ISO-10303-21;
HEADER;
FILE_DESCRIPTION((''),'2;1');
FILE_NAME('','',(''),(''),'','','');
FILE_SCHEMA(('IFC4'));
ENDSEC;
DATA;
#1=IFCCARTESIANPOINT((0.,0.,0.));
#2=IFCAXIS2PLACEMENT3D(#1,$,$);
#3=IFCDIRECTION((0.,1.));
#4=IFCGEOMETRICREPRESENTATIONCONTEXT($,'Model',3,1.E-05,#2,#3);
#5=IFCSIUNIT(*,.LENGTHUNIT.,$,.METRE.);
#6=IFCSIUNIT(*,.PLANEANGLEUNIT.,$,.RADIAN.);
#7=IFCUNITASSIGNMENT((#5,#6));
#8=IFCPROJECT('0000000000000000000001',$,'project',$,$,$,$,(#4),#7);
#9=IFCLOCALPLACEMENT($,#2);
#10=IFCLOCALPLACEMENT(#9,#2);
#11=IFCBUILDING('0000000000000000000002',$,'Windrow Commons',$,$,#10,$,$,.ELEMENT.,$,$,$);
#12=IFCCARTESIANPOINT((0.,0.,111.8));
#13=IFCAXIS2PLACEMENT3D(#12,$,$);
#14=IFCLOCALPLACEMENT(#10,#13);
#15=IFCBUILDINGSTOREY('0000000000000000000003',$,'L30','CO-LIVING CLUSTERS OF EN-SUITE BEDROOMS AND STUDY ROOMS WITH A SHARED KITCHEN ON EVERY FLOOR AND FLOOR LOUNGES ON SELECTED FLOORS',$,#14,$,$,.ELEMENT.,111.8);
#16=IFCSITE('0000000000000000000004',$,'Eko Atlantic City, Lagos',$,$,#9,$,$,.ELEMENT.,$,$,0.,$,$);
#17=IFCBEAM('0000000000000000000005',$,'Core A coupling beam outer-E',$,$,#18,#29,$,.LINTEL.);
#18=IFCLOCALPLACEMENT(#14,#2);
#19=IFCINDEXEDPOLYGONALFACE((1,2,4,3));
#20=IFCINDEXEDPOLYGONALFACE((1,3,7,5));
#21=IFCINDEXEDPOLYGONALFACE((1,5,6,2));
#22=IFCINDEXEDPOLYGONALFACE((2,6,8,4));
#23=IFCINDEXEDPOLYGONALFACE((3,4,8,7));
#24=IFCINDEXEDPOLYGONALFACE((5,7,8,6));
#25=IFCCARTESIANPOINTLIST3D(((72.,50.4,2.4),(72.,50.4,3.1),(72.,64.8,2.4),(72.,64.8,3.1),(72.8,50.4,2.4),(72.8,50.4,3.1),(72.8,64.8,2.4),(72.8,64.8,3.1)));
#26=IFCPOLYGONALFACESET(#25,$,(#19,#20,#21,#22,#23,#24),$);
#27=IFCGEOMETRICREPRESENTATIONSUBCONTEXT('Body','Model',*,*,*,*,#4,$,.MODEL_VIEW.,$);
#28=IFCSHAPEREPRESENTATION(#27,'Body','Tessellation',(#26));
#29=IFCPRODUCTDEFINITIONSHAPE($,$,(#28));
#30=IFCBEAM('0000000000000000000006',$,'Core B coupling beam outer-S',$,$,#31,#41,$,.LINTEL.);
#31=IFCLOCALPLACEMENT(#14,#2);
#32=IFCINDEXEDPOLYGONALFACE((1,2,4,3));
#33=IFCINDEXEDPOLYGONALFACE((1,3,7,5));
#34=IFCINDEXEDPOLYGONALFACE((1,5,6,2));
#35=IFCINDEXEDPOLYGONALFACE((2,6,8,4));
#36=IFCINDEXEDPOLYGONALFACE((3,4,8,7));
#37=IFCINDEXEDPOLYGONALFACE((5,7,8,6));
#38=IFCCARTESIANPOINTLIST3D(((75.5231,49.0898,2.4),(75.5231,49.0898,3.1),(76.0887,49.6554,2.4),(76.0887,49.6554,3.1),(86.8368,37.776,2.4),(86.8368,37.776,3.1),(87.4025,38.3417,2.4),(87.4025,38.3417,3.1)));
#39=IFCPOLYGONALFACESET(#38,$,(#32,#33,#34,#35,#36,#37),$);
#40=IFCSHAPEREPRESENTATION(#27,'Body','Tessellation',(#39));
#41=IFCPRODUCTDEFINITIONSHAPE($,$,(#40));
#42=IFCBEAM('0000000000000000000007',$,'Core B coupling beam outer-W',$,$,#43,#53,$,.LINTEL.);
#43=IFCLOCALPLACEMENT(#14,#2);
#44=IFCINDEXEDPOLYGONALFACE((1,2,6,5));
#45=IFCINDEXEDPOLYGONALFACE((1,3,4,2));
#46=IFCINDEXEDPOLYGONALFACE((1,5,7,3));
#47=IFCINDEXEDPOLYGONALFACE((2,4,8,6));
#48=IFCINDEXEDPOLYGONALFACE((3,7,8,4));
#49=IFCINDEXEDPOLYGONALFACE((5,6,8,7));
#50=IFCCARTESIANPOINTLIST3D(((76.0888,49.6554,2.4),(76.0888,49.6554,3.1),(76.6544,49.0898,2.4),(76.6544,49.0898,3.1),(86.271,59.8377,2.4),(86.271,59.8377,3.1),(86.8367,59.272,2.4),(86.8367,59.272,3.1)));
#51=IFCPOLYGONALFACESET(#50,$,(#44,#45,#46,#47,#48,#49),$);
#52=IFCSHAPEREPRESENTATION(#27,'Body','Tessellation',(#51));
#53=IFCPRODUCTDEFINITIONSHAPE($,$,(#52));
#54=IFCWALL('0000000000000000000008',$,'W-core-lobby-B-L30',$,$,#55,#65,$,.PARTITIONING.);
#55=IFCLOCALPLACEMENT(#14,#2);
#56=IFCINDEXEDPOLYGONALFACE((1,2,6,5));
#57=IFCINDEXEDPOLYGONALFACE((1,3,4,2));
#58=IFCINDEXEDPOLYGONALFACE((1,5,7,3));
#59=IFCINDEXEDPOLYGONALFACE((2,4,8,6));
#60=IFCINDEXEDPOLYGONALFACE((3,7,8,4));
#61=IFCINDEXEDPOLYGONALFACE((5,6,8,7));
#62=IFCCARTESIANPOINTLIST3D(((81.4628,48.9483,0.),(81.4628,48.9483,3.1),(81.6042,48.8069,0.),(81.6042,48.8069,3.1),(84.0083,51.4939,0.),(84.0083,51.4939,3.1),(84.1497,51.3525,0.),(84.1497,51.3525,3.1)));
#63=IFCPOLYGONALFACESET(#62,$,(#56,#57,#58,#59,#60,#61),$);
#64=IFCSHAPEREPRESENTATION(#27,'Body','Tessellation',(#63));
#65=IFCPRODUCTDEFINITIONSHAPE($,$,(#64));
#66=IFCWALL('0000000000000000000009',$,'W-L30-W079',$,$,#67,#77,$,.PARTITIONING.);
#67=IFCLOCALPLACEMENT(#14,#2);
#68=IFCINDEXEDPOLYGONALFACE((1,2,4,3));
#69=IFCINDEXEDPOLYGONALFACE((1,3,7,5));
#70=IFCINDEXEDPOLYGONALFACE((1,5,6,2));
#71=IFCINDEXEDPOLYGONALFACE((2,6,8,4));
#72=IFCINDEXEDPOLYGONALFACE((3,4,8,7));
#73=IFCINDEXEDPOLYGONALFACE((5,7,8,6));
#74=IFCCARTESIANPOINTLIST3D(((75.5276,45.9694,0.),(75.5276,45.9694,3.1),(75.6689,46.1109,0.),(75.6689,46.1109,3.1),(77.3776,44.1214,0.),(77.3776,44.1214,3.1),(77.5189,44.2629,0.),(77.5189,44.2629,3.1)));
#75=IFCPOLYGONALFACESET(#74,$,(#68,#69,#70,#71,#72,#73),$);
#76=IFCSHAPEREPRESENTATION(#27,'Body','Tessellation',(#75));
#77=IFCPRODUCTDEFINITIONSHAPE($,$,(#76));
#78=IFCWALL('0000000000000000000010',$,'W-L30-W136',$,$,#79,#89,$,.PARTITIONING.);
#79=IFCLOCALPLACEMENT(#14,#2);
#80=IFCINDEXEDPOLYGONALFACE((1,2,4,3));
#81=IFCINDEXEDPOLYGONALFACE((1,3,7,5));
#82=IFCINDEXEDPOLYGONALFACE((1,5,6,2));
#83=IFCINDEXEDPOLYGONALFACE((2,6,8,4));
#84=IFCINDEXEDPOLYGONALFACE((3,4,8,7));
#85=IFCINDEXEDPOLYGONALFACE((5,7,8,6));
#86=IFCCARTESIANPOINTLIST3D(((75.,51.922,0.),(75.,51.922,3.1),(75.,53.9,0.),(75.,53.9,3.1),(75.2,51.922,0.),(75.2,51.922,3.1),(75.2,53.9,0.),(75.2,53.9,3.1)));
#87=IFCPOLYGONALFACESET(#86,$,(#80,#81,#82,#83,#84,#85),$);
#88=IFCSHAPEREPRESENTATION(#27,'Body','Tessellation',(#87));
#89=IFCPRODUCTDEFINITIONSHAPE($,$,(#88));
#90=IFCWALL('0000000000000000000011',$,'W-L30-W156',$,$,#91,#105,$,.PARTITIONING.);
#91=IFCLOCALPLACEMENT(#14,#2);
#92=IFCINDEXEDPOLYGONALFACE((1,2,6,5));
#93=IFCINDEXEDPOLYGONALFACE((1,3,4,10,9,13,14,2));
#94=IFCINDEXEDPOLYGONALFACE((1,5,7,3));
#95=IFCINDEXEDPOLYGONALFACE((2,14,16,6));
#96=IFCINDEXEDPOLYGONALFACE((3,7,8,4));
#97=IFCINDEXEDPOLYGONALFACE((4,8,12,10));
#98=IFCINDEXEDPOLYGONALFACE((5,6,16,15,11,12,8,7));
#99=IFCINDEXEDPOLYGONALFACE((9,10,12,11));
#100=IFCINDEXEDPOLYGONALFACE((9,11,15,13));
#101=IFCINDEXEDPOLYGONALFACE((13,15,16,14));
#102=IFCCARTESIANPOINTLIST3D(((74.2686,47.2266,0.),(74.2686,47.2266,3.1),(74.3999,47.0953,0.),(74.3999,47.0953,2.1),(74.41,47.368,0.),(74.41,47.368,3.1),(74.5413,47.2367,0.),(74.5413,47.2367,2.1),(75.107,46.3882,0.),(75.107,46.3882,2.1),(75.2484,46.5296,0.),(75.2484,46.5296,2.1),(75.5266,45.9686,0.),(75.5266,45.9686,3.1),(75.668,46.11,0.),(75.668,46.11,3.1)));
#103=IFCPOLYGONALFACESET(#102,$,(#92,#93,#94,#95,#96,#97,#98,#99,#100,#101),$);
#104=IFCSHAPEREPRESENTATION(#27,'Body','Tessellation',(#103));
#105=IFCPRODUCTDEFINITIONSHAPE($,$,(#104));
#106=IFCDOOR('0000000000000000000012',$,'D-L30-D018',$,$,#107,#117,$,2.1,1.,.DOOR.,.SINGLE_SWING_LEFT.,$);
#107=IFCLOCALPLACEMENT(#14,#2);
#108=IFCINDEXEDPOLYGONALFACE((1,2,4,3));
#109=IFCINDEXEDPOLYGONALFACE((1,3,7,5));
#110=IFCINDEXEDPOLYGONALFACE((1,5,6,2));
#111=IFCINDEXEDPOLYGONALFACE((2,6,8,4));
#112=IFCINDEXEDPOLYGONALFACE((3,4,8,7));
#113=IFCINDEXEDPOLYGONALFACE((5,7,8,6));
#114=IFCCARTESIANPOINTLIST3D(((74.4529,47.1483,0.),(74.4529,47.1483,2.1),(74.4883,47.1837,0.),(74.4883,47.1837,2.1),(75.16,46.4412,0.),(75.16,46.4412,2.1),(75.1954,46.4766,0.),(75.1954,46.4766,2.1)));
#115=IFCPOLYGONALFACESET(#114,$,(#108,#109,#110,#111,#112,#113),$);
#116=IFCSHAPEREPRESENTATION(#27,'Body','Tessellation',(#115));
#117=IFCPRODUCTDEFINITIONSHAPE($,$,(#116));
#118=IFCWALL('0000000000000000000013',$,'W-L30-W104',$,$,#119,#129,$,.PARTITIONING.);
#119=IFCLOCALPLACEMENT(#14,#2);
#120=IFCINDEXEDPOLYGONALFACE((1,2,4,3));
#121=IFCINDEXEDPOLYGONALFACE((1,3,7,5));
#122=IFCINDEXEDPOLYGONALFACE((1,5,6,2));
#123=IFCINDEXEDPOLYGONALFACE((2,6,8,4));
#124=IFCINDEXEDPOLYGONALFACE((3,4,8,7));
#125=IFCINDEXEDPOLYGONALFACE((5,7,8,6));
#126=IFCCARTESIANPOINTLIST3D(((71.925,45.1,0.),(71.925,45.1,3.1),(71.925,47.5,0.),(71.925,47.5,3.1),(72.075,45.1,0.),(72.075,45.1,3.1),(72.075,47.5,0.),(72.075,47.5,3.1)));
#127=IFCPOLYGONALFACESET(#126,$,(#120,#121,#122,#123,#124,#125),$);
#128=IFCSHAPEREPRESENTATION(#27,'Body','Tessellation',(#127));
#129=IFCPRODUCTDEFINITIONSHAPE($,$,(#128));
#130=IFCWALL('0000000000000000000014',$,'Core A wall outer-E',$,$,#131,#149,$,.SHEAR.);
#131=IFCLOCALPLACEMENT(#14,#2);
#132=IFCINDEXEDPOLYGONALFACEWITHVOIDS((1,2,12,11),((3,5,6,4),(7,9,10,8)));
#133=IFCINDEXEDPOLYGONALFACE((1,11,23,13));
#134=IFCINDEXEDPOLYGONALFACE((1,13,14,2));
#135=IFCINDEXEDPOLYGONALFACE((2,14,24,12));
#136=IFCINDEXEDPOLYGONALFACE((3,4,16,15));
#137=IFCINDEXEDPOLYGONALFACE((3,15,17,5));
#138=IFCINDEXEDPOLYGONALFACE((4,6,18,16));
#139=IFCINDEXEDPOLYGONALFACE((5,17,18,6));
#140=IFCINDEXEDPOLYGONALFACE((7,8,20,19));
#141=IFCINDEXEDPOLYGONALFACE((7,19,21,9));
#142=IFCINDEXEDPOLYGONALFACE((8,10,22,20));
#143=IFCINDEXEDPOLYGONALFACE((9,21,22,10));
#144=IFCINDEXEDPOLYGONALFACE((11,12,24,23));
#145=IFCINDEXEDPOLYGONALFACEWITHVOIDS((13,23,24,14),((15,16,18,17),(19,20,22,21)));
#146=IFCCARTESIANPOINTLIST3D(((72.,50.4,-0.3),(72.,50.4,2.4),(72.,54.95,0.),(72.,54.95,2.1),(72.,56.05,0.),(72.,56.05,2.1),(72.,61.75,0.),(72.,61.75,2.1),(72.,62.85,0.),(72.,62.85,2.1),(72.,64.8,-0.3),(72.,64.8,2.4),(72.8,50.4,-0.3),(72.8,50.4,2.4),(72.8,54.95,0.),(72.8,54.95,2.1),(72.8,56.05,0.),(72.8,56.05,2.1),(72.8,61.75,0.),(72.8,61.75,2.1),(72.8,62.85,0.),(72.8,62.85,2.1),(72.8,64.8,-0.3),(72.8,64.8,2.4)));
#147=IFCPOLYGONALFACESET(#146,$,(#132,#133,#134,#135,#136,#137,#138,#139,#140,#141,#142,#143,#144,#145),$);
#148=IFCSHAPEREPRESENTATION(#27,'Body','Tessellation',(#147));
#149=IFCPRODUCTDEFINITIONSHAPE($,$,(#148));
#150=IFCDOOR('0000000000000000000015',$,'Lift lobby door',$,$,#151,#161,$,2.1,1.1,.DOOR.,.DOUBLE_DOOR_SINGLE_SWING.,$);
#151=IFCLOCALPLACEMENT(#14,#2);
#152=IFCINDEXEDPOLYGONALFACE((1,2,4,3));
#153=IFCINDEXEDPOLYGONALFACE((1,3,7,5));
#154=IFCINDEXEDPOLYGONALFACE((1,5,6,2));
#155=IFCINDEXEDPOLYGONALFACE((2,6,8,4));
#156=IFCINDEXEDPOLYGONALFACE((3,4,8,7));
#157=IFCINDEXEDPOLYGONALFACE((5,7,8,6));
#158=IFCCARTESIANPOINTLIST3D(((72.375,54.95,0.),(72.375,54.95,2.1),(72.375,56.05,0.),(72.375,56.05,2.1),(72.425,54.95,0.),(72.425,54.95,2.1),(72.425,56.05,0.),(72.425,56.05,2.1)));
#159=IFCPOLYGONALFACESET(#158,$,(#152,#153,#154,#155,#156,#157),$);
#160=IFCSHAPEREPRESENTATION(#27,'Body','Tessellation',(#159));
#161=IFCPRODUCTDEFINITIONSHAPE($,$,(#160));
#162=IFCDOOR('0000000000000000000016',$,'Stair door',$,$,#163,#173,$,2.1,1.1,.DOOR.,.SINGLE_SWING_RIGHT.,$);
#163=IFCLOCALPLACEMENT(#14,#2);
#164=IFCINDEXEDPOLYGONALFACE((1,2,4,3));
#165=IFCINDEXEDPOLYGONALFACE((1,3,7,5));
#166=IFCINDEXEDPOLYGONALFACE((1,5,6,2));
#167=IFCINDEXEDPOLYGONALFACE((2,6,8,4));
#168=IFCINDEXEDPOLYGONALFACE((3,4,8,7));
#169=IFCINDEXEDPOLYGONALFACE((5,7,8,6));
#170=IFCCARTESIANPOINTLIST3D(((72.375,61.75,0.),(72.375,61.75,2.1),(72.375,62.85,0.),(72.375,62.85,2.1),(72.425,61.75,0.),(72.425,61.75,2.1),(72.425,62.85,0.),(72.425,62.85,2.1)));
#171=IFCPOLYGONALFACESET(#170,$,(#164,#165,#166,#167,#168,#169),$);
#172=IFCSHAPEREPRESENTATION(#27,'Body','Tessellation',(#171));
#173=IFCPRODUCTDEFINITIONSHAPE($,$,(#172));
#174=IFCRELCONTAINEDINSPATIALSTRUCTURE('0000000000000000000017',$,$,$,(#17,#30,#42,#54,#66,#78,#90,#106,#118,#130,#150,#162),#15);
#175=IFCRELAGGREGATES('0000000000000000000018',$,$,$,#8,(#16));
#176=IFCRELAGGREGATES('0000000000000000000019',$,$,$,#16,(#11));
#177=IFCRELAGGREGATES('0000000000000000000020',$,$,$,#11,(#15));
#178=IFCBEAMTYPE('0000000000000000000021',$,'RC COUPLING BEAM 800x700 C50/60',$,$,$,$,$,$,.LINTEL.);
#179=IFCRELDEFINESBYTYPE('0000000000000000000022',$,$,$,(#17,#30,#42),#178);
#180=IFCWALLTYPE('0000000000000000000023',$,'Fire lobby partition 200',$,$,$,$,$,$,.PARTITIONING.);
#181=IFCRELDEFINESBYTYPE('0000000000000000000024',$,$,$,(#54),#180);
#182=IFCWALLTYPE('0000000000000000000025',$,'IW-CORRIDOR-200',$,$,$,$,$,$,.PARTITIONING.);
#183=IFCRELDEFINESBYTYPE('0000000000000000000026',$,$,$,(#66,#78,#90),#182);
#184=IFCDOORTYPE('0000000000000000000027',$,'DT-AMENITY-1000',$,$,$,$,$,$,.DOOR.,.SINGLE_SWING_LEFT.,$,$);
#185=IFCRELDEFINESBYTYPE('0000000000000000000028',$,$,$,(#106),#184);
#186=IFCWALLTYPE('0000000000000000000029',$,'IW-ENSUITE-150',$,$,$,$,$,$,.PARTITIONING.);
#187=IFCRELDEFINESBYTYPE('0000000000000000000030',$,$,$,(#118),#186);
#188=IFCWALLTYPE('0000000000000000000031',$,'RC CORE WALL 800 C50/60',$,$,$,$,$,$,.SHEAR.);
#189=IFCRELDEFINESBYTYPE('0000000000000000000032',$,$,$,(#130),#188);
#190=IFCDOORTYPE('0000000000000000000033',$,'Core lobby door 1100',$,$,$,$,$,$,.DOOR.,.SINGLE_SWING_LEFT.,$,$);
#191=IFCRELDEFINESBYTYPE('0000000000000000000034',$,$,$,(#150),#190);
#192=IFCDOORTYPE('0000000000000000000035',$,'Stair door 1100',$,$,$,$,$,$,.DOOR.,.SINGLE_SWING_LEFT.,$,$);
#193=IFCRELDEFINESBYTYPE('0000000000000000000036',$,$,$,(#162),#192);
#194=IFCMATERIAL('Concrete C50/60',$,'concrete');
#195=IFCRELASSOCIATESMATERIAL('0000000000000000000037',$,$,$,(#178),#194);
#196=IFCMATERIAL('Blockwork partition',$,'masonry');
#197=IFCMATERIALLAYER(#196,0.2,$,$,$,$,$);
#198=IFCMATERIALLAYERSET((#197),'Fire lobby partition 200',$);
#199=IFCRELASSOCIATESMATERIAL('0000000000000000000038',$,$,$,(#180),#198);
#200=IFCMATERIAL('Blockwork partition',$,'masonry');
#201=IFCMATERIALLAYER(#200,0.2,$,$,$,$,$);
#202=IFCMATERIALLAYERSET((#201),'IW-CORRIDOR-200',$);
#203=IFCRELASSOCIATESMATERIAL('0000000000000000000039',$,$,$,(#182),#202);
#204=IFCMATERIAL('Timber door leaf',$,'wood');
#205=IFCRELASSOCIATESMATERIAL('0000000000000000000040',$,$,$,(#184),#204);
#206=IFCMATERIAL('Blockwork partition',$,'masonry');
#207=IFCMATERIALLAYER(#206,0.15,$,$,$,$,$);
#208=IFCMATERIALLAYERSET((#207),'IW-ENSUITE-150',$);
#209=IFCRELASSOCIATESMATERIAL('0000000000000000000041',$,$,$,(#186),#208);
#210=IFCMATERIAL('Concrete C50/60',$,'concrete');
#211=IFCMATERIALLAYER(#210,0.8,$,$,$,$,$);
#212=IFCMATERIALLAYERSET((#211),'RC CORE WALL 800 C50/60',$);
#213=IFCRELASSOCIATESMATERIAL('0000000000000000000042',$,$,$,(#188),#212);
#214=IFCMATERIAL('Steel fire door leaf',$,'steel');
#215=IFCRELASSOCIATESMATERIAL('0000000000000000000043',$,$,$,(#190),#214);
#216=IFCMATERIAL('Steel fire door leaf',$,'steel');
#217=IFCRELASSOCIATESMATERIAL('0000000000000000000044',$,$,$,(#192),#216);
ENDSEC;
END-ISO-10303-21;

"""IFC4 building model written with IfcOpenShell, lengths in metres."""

from ifc_helpers import new_model, si_unit, direction, frame, frame_2d, origin, origin_2d, place, context, subcontext, project, spatial, rectangle, extrude, material, layer, layer_set, material_profile, profile_set, type_object, element, fill, save


model = new_model("IFC4")

# Units and contexts
model_context = context("Model", 3, precision=1e-05, world=origin(), true_north=direction((0.0, 1.0)))
body_context = subcontext(model_context, "Body", "Model", "MODEL_VIEW")
ifc_project = project(units=[si_unit("LENGTHUNIT", "METRE"), si_unit("PLANEANGLEUNIT", "RADIAN")], contexts=[model_context])

# Site, building, storey
site_placement = place(None, origin())
site = spatial("IfcSite", under=ifc_project, at=site_placement, Name="Eko Atlantic City, Lagos", CompositionType="ELEMENT", RefElevation=0.0)
building_placement = place(site_placement, origin())
building = spatial("IfcBuilding", under=site, at=building_placement, Name="Windrow Commons", CompositionType="ELEMENT")
storey_placement = place(building_placement, frame((0.0, 0.0, 111.8)))
storey = spatial("IfcBuildingStorey", under=building, at=storey_placement, Name="L30", Description="CO-LIVING CLUSTERS OF EN-SUITE BEDROOMS AND STUDY ROOMS WITH A SHARED KITCHEN ON EVERY FLOOR AND FLOOR LOUNGES ON SELECTED FLOORS", CompositionType="ELEMENT", Elevation=111.8)

# Beams
ifc_material_1 = material(Name="Concrete C50/60", Category="concrete")
ifc_material_profile = material_profile(ifc_material_1, rectangle(XDim=0.8, YDim=0.7, at=origin_2d()))
ifc_profile_set = profile_set([ifc_material_profile], Name="Concrete C50/60")
beam_type = type_object("IfcBeamType", Name="RC COUPLING BEAM 800x700 C50/60", PredefinedType="LINTEL", material=ifc_profile_set)
beam_1_placement = place(storey_placement, frame((72.4, 50.4, 2.75), z_axis=(0.0, 1.0, 0.0), x_axis=(-1.0, 0.0, 0.0)))
element("IfcBeam", 1, at=beam_1_placement, inside=storey, type_object=beam_type, Name="Core A coupling beam outer-E", PredefinedType="LINTEL", context=body_context, shape_type="SweptSolid", body=[
    extrude(rectangle(XDim=0.8, YDim=0.7, at=origin_2d()), origin(), (0.0, 0.0, 1.0), 14.4),
])
beam_2_placement = place(storey_placement, frame((75.8059, 49.3726, 2.75), z_axis=(0.707107, -0.707107, 0.0), x_axis=(0.707107, 0.707107, 0.0)))
element("IfcBeam", 2, at=beam_2_placement, inside=storey, type_object=beam_type, Name="Core B coupling beam outer-S", PredefinedType="LINTEL", context=body_context, shape_type="SweptSolid", body=[
    extrude(rectangle(XDim=0.8, YDim=0.7, at=origin_2d()), origin(), (0.0, 0.0, 1.0), 16.0),
])
beam_3_placement = place(storey_placement, frame((76.3716, 49.3726, 2.75), z_axis=(0.707107, 0.707107, 0.0), x_axis=(-0.707107, 0.707107, 0.0)))
element("IfcBeam", 3, at=beam_3_placement, inside=storey, type_object=beam_type, Name="Core B coupling beam outer-W", PredefinedType="LINTEL", context=body_context, shape_type="SweptSolid", body=[
    extrude(rectangle(XDim=0.8, YDim=0.7, at=origin_2d()), origin(), (0.0, 0.0, 1.0), 14.3999),
])

# Walls
ifc_material_2 = material(Name="Blockwork partition", Category="masonry")
ifc_layer_1 = layer(ifc_material_2, 0.2)
ifc_layer_set_1 = layer_set([ifc_layer_1], Name="Fire lobby partition 200")
wall_type_1 = type_object("IfcWallType", Name="Fire lobby partition 200", PredefinedType="PARTITIONING", material=ifc_layer_set_1)
wall_1_placement = place(storey_placement, frame((81.5335, 48.8776, 0.0), z_axis=(0.0, 0.0, 1.0), x_axis=(0.707093, 0.707121, 0.0)))
element("IfcWall", 4, at=wall_1_placement, inside=storey, type_object=wall_type_1, Name="W-core-lobby-B-L30", PredefinedType="PARTITIONING", context=body_context, shape_type="SweptSolid", body=[
    extrude(rectangle(XDim=3.6, YDim=0.2, at=frame_2d((1.8, 0.0))), origin(), (0.0, 0.0, 1.0), 3.1),
])
ifc_material_3 = material(Name="Blockwork partition", Category="masonry")
ifc_layer_2 = layer(ifc_material_3, 0.2)
ifc_layer_set_2 = layer_set([ifc_layer_2], Name="IW-CORRIDOR-200")
wall_type_2 = type_object("IfcWallType", Name="IW-CORRIDOR-200", PredefinedType="PARTITIONING", material=ifc_layer_set_2)
wall_2_placement = place(storey_placement, frame((75.5982, 46.0402, 0.0), z_axis=(0.0, 0.0, 1.0), x_axis=(0.707489, -0.706724, 0.0)))
element("IfcWall", 5, at=wall_2_placement, inside=storey, type_object=wall_type_2, Name="W-L30-W079", PredefinedType="PARTITIONING", context=body_context, shape_type="SweptSolid", body=[
    extrude(rectangle(XDim=2.6149, YDim=0.2, at=frame_2d((1.3075, 0.0))), origin(), (0.0, 0.0, 1.0), 3.1),
])
wall_3_placement = place(storey_placement, frame((75.1, 51.922, 0.0), z_axis=(0.0, 0.0, 1.0), x_axis=(0.0, 1.0, 0.0)))
element("IfcWall", 6, at=wall_3_placement, inside=storey, type_object=wall_type_2, Name="W-L30-W136", PredefinedType="PARTITIONING", context=body_context, shape_type="SweptSolid", body=[
    extrude(rectangle(XDim=1.978, YDim=0.2, at=frame_2d((0.989, 0.0))), origin(), (0.0, 0.0, 1.0), 3.1),
])

# Wall, opening, door
wall_4_placement = place(storey_placement, frame((74.3393, 47.2973, 0.0), z_axis=(0.0, 0.0, 1.0), x_axis=(0.707107, -0.707107, 0.0)))
wall_4 = element("IfcWall", 7, at=wall_4_placement, inside=storey, type_object=wall_type_2, Name="W-L30-W156", PredefinedType="PARTITIONING", context=body_context, shape_type="SweptSolid", body=[
    extrude(rectangle(XDim=1.7791, YDim=0.2, at=frame_2d((0.8895, 0.0))), origin(), (0.0, 0.0, 1.0), 3.1),
])
opening_1_placement = place(wall_4_placement, frame((0.1857, 0.0, 0.0)))
opening_1 = element("IfcOpeningElement", 8, at=opening_1_placement, cuts=wall_4, PredefinedType="OPENING", context=body_context, shape_type="SweptSolid", body=[
    extrude(rectangle(XDim=1.0, YDim=2.1, at=frame_2d((0.5, 1.05))), frame((0.0, 0.11, 0.0), z_axis=(0.0, -1.0, 0.0), x_axis=(1.0, 0.0, 0.0)), (0.0, 0.0, 1.0), 0.22),
])
ifc_material_4 = material(Name="Timber door leaf", Category="wood")
door_type_1 = type_object("IfcDoorType", Name="DT-AMENITY-1000", OperationType="SINGLE_SWING_LEFT", PredefinedType="DOOR", material=ifc_material_4)
door_1_placement = place(opening_1_placement, origin())
door_1 = element("IfcDoor", 9, at=door_1_placement, inside=storey, type_object=door_type_1, Name="D-L30-D018", OperationType="SINGLE_SWING_LEFT", OverallHeight=2.1, OverallWidth=1.0, PredefinedType="DOOR", context=body_context, shape_type="SweptSolid", body=[
    extrude(rectangle(XDim=1.0, YDim=2.1, at=frame_2d((0.5, 1.05))), frame((0.0, 0.025, 0.0), z_axis=(0.0, -1.0, 0.0), x_axis=(1.0, 0.0, 0.0)), (0.0, 0.0, 1.0), 0.05),
])
fill(opening_1, door_1)

# Wall
ifc_material_5 = material(Name="Blockwork partition", Category="masonry")
ifc_layer_3 = layer(ifc_material_5, 0.15)
ifc_layer_set_3 = layer_set([ifc_layer_3], Name="IW-ENSUITE-150")
wall_type_3 = type_object("IfcWallType", Name="IW-ENSUITE-150", PredefinedType="PARTITIONING", material=ifc_layer_set_3)
wall_5_placement = place(storey_placement, frame((72.0, 45.1, 0.0), z_axis=(0.0, 0.0, 1.0), x_axis=(0.0, 1.0, 0.0)))
element("IfcWall", 10, at=wall_5_placement, inside=storey, type_object=wall_type_3, Name="W-L30-W104", PredefinedType="PARTITIONING", context=body_context, shape_type="SweptSolid", body=[
    extrude(rectangle(XDim=2.4, YDim=0.15, at=frame_2d((1.2, 0.0))), origin(), (0.0, 0.0, 1.0), 3.1),
])

# Wall, openings, doors
ifc_material_6 = material(Name="Concrete C50/60", Category="concrete")
ifc_layer_4 = layer(ifc_material_6, 0.8)
ifc_layer_set_4 = layer_set([ifc_layer_4], Name="RC CORE WALL 800 C50/60")
wall_type_4 = type_object("IfcWallType", Name="RC CORE WALL 800 C50/60", PredefinedType="SHEAR", material=ifc_layer_set_4)
wall_6_placement = place(storey_placement, frame((72.4, 50.4, -0.3), z_axis=(0.0, 0.0, 1.0), x_axis=(0.0, 1.0, 0.0)))
wall_6 = element("IfcWall", 11, at=wall_6_placement, inside=storey, type_object=wall_type_4, Name="Core A wall outer-E", PredefinedType="SHEAR", context=body_context, shape_type="SweptSolid", body=[
    extrude(rectangle(XDim=14.4, YDim=0.8, at=frame_2d((7.2, 0.0))), origin(), (0.0, 0.0, 1.0), 2.7),
])
opening_2_placement = place(wall_6_placement, frame((4.55, 0.0, 0.3)))
opening_2 = element("IfcOpeningElement", 12, at=opening_2_placement, cuts=wall_6, PredefinedType="OPENING", context=body_context, shape_type="SweptSolid", body=[
    extrude(rectangle(XDim=1.1, YDim=2.1, at=frame_2d((0.55, 1.05))), frame((0.0, 0.41, 0.0), z_axis=(0.0, -1.0, 0.0), x_axis=(1.0, 0.0, 0.0)), (0.0, 0.0, 1.0), 0.82),
])
opening_3_placement = place(wall_6_placement, frame((11.35, 0.0, 0.3)))
opening_3 = element("IfcOpeningElement", 13, at=opening_3_placement, cuts=wall_6, PredefinedType="OPENING", context=body_context, shape_type="SweptSolid", body=[
    extrude(rectangle(XDim=1.1, YDim=2.1, at=frame_2d((0.55, 1.05))), frame((0.0, 0.41, 0.0), z_axis=(0.0, -1.0, 0.0), x_axis=(1.0, 0.0, 0.0)), (0.0, 0.0, 1.0), 0.82),
])
ifc_material_7 = material(Name="Steel fire door leaf", Category="steel")
door_type_2 = type_object("IfcDoorType", Name="Core lobby door 1100", OperationType="SINGLE_SWING_LEFT", PredefinedType="DOOR", material=ifc_material_7)
door_2_placement = place(opening_2_placement, origin())
door_2 = element("IfcDoor", 14, at=door_2_placement, inside=storey, type_object=door_type_2, Name="Lift lobby door", OperationType="DOUBLE_DOOR_SINGLE_SWING", OverallHeight=2.1, OverallWidth=1.1, PredefinedType="DOOR", context=body_context, shape_type="SweptSolid", body=[
    extrude(rectangle(XDim=1.1, YDim=2.1, at=frame_2d((0.55, 1.05))), frame((0.0, 0.025, 0.0), z_axis=(0.0, -1.0, 0.0), x_axis=(1.0, 0.0, 0.0)), (0.0, 0.0, 1.0), 0.05),
])
fill(opening_2, door_2)
ifc_material_8 = material(Name="Steel fire door leaf", Category="steel")
door_type_3 = type_object("IfcDoorType", Name="Stair door 1100", OperationType="SINGLE_SWING_LEFT", PredefinedType="DOOR", material=ifc_material_8)
door_3_placement = place(opening_3_placement, origin())
door_3 = element("IfcDoor", 15, at=door_3_placement, inside=storey, type_object=door_type_3, Name="Stair door", OperationType="SINGLE_SWING_RIGHT", OverallHeight=2.1, OverallWidth=1.1, PredefinedType="DOOR", context=body_context, shape_type="SweptSolid", body=[
    extrude(rectangle(XDim=1.1, YDim=2.1, at=frame_2d((0.55, 1.05))), frame((0.0, 0.025, 0.0), z_axis=(0.0, -1.0, 0.0), x_axis=(1.0, 0.0, 0.0)), (0.0, 0.0, 1.0), 0.05),
])
fill(opening_3, door_3)

save(model, "model.ifc")
